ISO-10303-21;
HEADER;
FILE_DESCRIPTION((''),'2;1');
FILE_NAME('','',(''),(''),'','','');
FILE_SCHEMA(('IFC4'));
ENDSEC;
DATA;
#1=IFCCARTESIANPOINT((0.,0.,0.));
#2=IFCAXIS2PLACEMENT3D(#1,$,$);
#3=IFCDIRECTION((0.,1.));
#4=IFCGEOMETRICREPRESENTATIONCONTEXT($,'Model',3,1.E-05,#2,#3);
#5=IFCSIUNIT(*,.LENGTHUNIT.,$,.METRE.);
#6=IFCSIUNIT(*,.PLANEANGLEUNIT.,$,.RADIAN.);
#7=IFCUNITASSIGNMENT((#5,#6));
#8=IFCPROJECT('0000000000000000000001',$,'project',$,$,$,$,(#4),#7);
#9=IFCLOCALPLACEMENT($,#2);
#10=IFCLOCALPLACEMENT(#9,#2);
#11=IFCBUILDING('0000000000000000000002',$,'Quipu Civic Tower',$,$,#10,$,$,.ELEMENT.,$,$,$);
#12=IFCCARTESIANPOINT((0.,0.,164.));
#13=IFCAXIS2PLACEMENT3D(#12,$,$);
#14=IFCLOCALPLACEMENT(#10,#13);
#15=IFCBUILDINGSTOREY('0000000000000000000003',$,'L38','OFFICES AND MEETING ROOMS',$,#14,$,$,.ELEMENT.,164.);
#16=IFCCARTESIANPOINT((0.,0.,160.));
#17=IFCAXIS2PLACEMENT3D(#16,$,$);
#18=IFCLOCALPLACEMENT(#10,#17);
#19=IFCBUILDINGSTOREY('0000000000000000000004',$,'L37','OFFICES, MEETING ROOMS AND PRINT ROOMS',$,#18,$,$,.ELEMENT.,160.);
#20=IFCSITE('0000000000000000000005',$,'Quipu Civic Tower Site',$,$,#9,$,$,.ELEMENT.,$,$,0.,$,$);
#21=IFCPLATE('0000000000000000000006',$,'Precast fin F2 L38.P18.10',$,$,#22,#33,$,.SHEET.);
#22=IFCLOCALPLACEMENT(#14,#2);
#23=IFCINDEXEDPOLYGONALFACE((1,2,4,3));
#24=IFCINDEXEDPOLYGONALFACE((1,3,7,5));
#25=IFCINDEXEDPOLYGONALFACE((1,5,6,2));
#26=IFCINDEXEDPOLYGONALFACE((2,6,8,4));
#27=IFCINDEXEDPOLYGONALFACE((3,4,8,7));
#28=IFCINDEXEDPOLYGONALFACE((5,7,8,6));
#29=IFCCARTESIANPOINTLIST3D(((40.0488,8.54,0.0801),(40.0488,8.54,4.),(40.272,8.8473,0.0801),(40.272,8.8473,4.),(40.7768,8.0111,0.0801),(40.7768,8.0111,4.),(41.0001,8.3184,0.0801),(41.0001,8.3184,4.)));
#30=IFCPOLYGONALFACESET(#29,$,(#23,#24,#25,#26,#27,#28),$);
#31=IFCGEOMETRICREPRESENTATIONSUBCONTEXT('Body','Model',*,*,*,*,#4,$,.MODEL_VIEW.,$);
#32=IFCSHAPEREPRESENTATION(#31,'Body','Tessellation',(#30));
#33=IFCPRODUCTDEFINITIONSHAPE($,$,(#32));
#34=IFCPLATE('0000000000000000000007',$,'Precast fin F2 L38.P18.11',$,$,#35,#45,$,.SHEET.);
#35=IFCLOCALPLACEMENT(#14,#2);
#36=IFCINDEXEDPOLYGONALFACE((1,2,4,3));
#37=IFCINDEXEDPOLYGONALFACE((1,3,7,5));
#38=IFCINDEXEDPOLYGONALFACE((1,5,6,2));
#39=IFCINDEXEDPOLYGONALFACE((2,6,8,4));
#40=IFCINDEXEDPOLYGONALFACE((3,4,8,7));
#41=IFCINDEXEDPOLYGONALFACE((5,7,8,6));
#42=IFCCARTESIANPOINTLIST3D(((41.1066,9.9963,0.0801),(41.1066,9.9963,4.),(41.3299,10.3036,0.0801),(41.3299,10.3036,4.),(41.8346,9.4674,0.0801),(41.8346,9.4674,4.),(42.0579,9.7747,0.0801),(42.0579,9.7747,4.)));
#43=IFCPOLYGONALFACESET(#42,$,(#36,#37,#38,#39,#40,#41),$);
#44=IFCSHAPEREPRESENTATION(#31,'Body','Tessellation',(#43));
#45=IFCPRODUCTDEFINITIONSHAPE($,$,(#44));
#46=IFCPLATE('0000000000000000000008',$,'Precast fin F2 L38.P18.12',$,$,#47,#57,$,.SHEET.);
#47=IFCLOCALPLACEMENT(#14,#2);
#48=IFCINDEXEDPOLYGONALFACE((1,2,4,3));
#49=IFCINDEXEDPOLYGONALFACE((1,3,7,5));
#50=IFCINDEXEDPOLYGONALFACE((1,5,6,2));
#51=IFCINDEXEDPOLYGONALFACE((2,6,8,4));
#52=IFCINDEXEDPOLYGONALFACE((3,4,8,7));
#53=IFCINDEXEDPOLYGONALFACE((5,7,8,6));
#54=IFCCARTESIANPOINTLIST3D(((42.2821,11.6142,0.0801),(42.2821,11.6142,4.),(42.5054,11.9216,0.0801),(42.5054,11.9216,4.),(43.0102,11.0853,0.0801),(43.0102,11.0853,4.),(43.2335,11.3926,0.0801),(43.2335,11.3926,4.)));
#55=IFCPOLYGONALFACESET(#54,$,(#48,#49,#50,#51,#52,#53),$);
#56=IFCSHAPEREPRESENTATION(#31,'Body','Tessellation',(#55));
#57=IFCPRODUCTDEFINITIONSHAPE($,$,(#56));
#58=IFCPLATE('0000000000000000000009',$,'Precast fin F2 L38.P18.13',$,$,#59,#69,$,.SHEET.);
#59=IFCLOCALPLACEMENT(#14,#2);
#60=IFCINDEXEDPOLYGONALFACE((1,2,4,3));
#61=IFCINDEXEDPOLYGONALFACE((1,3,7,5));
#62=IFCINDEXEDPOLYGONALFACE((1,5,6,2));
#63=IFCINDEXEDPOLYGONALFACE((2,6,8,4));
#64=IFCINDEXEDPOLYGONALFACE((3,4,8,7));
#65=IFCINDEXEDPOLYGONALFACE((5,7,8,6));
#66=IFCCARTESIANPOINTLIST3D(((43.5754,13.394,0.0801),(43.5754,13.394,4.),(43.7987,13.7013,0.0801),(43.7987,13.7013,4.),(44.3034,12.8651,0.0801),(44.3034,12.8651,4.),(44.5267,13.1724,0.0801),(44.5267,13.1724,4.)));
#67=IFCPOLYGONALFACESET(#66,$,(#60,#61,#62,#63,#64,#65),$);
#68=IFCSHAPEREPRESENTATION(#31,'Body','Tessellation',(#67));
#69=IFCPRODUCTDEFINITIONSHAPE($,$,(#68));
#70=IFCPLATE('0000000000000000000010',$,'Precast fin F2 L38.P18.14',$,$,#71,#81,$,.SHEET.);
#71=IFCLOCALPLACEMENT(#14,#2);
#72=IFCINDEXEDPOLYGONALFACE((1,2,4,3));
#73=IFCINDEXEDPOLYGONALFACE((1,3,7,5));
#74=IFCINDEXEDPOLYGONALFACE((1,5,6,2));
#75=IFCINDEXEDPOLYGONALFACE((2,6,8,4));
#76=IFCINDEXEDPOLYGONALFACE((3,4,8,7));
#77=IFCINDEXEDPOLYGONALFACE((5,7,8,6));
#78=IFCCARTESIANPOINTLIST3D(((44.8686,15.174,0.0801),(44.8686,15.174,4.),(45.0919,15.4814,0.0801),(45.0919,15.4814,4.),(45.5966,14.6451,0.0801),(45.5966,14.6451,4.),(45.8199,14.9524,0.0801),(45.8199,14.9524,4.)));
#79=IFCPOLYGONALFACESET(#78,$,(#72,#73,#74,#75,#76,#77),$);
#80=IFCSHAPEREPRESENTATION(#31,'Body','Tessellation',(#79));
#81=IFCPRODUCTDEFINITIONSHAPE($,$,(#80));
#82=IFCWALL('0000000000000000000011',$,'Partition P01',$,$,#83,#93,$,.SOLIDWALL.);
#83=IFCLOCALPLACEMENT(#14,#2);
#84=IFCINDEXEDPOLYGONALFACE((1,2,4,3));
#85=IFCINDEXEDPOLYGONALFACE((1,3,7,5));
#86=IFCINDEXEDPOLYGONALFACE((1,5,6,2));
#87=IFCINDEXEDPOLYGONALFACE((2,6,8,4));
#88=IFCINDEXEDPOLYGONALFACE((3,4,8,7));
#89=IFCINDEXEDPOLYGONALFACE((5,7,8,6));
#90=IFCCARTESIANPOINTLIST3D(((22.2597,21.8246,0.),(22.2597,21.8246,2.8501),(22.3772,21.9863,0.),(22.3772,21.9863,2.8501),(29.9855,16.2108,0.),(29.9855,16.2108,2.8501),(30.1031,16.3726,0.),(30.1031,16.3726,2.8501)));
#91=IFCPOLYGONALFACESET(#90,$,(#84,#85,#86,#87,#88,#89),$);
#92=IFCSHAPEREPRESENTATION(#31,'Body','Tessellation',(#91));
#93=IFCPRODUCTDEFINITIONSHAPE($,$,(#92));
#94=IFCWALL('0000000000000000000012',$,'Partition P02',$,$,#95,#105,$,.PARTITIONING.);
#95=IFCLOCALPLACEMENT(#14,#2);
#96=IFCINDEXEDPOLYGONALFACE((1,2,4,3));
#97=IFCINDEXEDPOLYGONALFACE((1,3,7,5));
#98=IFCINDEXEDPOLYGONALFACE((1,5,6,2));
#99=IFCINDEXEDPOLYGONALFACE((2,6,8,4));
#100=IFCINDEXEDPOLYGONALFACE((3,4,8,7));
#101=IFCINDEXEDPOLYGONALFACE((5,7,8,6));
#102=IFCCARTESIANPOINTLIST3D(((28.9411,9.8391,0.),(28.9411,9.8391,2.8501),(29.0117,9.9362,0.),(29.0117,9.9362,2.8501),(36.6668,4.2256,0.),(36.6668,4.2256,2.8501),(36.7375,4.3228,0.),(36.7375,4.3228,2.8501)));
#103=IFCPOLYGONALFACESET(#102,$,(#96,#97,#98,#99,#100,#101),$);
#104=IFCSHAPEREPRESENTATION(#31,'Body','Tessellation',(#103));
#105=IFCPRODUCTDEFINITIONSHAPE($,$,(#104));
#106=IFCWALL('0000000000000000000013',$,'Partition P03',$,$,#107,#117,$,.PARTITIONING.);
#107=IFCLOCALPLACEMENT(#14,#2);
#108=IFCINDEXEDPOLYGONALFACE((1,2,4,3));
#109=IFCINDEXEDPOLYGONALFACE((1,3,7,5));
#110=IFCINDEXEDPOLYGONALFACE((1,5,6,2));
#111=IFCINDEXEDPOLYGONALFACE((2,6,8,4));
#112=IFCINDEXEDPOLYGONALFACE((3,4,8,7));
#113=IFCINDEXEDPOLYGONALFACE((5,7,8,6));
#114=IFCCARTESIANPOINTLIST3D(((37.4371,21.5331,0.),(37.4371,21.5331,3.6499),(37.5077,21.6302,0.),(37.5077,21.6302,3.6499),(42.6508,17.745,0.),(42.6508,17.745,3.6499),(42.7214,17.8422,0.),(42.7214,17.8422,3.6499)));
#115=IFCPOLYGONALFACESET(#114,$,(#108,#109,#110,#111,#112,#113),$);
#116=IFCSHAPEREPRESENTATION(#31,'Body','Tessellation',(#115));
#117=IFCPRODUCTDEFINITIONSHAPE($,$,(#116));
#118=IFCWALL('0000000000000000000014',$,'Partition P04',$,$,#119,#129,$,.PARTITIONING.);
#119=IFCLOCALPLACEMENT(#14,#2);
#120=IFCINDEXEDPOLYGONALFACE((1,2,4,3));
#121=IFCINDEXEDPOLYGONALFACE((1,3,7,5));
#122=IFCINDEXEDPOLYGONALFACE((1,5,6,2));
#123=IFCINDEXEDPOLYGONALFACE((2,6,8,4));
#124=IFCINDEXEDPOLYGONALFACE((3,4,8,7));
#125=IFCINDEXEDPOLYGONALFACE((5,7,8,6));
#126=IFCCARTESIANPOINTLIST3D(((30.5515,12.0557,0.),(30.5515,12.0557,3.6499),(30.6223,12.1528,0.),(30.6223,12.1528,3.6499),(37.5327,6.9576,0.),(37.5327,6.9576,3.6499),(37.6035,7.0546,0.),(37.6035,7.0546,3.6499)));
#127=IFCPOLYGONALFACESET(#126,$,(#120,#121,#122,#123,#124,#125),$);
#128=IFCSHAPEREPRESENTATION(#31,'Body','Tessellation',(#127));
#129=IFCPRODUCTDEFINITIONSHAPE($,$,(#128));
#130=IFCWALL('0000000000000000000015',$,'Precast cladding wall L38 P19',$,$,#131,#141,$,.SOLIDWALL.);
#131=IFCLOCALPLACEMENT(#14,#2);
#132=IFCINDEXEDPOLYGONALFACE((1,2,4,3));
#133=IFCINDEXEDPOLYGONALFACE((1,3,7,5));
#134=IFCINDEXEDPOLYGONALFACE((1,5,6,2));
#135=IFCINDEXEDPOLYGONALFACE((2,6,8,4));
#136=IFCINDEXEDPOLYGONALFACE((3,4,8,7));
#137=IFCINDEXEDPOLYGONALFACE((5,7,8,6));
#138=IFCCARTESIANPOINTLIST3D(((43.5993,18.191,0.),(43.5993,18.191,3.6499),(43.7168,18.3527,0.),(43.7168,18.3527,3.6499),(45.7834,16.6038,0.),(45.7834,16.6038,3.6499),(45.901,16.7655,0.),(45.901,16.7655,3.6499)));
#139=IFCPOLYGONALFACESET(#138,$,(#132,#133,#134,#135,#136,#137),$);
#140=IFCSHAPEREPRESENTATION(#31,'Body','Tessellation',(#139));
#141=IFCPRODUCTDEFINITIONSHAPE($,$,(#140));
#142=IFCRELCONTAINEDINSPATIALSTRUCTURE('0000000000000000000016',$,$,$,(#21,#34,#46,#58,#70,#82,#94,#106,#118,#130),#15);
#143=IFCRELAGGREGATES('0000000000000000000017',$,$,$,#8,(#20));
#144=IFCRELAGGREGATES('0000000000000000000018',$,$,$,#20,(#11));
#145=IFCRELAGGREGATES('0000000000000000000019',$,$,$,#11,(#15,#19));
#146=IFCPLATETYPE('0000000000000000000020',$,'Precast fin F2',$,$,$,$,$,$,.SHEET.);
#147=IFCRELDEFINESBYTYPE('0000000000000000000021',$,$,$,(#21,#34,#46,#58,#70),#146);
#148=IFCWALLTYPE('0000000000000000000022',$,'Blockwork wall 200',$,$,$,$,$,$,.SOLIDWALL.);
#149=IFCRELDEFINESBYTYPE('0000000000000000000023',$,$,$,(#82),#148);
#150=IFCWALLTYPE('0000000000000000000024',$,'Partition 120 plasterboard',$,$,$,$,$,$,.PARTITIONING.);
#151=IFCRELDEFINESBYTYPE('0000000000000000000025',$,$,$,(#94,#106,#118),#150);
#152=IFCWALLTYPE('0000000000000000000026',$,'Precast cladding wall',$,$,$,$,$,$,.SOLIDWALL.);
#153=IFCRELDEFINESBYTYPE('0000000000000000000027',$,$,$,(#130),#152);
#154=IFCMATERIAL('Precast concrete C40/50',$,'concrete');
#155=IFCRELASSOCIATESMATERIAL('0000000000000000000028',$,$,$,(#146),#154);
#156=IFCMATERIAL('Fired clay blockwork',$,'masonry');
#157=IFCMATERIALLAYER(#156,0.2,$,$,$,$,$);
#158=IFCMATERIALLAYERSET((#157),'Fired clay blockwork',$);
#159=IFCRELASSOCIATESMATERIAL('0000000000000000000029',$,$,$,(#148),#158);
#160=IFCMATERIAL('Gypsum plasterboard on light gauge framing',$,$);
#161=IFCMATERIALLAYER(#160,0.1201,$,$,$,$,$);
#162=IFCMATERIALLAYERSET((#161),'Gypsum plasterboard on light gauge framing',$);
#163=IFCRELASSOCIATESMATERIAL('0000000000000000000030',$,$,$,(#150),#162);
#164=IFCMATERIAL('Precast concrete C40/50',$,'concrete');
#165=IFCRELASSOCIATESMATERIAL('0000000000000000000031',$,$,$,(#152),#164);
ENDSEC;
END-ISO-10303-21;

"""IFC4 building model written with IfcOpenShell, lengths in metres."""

from ifc_helpers import new_model, si_unit, direction, frame, frame_2d, origin, origin_2d, place, context, subcontext, project, spatial, rectangle, extrude, material, layer, layer_set, type_object, element, save


model = new_model("IFC4")

# Units and contexts
model_context = context("Model", 3, precision=1e-05, world=origin(), true_north=direction((0.0, 1.0)))
body_context = subcontext(model_context, "Body", "Model", "MODEL_VIEW")
ifc_project = project(units=[si_unit("LENGTHUNIT", "METRE"), si_unit("PLANEANGLEUNIT", "RADIAN")], contexts=[model_context])

# Site, building, storey
site_placement = place(None, origin())
site = spatial("IfcSite", under=ifc_project, at=site_placement, Name="Quipu Civic Tower Site", CompositionType="ELEMENT", RefElevation=0.0)
building_placement = place(site_placement, origin())
building = spatial("IfcBuilding", under=site, at=building_placement, Name="Quipu Civic Tower", CompositionType="ELEMENT")
storey_1_placement = place(building_placement, frame((0.0, 0.0, 164.0)))
storey_1 = spatial("IfcBuildingStorey", under=building, at=storey_1_placement, Name="L38", Description="OFFICES AND MEETING ROOMS", CompositionType="ELEMENT", Elevation=164.0)

# Shared definitions
storey_2_placement = place(building_placement, frame((0.0, 0.0, 160.0)))
storey_2 = spatial("IfcBuildingStorey", under=building, at=storey_2_placement, Name="L37", Description="OFFICES, MEETING ROOMS AND PRINT ROOMS", CompositionType="ELEMENT", Elevation=160.0)

# Plates
ifc_material_1 = material(Name="Precast concrete C40/50", Category="concrete")
plate_type_1 = type_object("IfcPlateType", Name="Precast fin F2", PredefinedType="SHEET", material=ifc_material_1)
for number, where, z_axis, x_axis, name in (
    (1, (40.5244, 8.4292, 0.0801), (0.0, 0.0, 1.0), (0.587786, 0.809017, 0.0), "Precast fin F2 L38.P18.10"),
    (2, (41.5823, 9.8855, 0.0801), (0.0, 0.0, 1.0), (0.587786, 0.809017, 0.0), "Precast fin F2 L38.P18.11"),
    (3, (42.7578, 11.5034, 0.0801), (0.0, 0.0, 1.0), (0.587786, 0.809017, 0.0), "Precast fin F2 L38.P18.12"),
    (4, (44.051, 13.2832, 0.0801), (0.0, 0.0, 1.0), (0.587786, 0.809017, 0.0), "Precast fin F2 L38.P18.13"),
    (5, (45.3442, 15.0632, 0.0801), (0.0, 0.0, 1.0), (0.587786, 0.809017, 0.0), "Precast fin F2 L38.P18.14"),
):
    element("IfcPlate", number, at=place(storey_1_placement, frame(where, z_axis=z_axis, x_axis=x_axis)), inside=storey_1, type_object=plate_type_1, Name=name, PredefinedType="SHEET", context=body_context, shape_type="SweptSolid", body=[
        extrude(rectangle(XDim=0.3799, YDim=0.8999, at=origin_2d()), origin(), (0.0, 0.0, 1.0), 3.9199),
    ])

# Walls
ifc_material_2 = material(Name="Fired clay blockwork", Category="masonry")
ifc_layer_1 = layer(ifc_material_2, 0.2)
ifc_layer_set_1 = layer_set([ifc_layer_1], Name="Fired clay blockwork")
wall_type_1 = type_object("IfcWallType", Name="Blockwork wall 200", PredefinedType="SOLIDWALL", material=ifc_layer_set_1)
wall_1_placement = place(storey_1_placement, frame((30.0442, 16.2917, 0.0), z_axis=(0.0, 0.0, 1.0), x_axis=(-0.808986, 0.587828, 0.0)))
element("IfcWall", 6, at=wall_1_placement, inside=storey_1, type_object=wall_type_1, Name="Partition P01", PredefinedType="SOLIDWALL", context=body_context, shape_type="SweptSolid", body=[
    extrude(rectangle(XDim=9.55, YDim=0.2, at=frame_2d((4.7749, 0.0))), origin(), (0.0, 0.0, 1.0), 2.8501),
])
ifc_material_3 = material(Name="Gypsum plasterboard on light gauge framing")
ifc_layer_2 = layer(ifc_material_3, 0.1201)
ifc_layer_set_2 = layer_set([ifc_layer_2], Name="Gypsum plasterboard on light gauge framing")
wall_type_2 = type_object("IfcWallType", Name="Partition 120 plasterboard", PredefinedType="PARTITIONING", material=ifc_layer_set_2)
wall_2_placement = place(storey_1_placement, frame((36.7021, 4.2742, 0.0), z_axis=(0.0, 0.0, 1.0), x_axis=(-0.808998, 0.587811, 0.0)))
element("IfcWall", 7, at=wall_2_placement, inside=storey_1, type_object=wall_type_2, Name="Partition P02", PredefinedType="PARTITIONING", context=body_context, shape_type="SweptSolid", body=[
    extrude(rectangle(XDim=9.5498, YDim=0.1201, at=frame_2d((4.7749, 0.0))), origin(), (0.0, 0.0, 1.0), 2.8501),
])
wall_3_placement = place(storey_1_placement, frame((42.686, 17.7937, 0.0), z_axis=(0.0, 0.0, 1.0), x_axis=(-0.809018, 0.587784, 0.0)))
element("IfcWall", 8, at=wall_3_placement, inside=storey_1, type_object=wall_type_2, Name="Partition P03", PredefinedType="PARTITIONING", context=body_context, shape_type="SweptSolid", body=[
    extrude(rectangle(XDim=6.4446, YDim=0.1201, at=frame_2d((3.2222, 0.0))), origin(), (0.0, 0.0, 1.0), 3.6499),
])
wall_4_placement = place(storey_1_placement, frame((30.5869, 12.1042, 0.0), z_axis=(0.0, 0.0, 1.0), x_axis=(0.807584, -0.589752, 0.0)))
element("IfcWall", 9, at=wall_4_placement, inside=storey_1, type_object=wall_type_2, Name="Partition P04", PredefinedType="PARTITIONING", context=body_context, shape_type="SweptSolid", body=[
    extrude(rectangle(XDim=8.6445, YDim=0.1201, at=frame_2d((4.3223, 0.0))), origin(), (0.0, 0.0, 1.0), 3.6499),
])
ifc_material_4 = material(Name="Precast concrete C40/50", Category="concrete")
wall_type_3 = type_object("IfcWallType", Name="Precast cladding wall", PredefinedType="SOLIDWALL", material=ifc_material_4)
wall_5_placement = place(storey_1_placement, frame((45.8423, 16.6846, 0.0), z_axis=(0.0, 0.0, 1.0), x_axis=(-0.808959, 0.587865, 0.0)))
element("IfcWall", 10, at=wall_5_placement, inside=storey_1, type_object=wall_type_3, Name="Precast cladding wall L38 P19", PredefinedType="SOLIDWALL", context=body_context, shape_type="SweptSolid", body=[
    extrude(rectangle(XDim=2.7, YDim=0.2, at=frame_2d((1.3501, 0.0))), origin(), (0.0, 0.0, 1.0), 3.6499),
])

save(model, "model.ifc")
